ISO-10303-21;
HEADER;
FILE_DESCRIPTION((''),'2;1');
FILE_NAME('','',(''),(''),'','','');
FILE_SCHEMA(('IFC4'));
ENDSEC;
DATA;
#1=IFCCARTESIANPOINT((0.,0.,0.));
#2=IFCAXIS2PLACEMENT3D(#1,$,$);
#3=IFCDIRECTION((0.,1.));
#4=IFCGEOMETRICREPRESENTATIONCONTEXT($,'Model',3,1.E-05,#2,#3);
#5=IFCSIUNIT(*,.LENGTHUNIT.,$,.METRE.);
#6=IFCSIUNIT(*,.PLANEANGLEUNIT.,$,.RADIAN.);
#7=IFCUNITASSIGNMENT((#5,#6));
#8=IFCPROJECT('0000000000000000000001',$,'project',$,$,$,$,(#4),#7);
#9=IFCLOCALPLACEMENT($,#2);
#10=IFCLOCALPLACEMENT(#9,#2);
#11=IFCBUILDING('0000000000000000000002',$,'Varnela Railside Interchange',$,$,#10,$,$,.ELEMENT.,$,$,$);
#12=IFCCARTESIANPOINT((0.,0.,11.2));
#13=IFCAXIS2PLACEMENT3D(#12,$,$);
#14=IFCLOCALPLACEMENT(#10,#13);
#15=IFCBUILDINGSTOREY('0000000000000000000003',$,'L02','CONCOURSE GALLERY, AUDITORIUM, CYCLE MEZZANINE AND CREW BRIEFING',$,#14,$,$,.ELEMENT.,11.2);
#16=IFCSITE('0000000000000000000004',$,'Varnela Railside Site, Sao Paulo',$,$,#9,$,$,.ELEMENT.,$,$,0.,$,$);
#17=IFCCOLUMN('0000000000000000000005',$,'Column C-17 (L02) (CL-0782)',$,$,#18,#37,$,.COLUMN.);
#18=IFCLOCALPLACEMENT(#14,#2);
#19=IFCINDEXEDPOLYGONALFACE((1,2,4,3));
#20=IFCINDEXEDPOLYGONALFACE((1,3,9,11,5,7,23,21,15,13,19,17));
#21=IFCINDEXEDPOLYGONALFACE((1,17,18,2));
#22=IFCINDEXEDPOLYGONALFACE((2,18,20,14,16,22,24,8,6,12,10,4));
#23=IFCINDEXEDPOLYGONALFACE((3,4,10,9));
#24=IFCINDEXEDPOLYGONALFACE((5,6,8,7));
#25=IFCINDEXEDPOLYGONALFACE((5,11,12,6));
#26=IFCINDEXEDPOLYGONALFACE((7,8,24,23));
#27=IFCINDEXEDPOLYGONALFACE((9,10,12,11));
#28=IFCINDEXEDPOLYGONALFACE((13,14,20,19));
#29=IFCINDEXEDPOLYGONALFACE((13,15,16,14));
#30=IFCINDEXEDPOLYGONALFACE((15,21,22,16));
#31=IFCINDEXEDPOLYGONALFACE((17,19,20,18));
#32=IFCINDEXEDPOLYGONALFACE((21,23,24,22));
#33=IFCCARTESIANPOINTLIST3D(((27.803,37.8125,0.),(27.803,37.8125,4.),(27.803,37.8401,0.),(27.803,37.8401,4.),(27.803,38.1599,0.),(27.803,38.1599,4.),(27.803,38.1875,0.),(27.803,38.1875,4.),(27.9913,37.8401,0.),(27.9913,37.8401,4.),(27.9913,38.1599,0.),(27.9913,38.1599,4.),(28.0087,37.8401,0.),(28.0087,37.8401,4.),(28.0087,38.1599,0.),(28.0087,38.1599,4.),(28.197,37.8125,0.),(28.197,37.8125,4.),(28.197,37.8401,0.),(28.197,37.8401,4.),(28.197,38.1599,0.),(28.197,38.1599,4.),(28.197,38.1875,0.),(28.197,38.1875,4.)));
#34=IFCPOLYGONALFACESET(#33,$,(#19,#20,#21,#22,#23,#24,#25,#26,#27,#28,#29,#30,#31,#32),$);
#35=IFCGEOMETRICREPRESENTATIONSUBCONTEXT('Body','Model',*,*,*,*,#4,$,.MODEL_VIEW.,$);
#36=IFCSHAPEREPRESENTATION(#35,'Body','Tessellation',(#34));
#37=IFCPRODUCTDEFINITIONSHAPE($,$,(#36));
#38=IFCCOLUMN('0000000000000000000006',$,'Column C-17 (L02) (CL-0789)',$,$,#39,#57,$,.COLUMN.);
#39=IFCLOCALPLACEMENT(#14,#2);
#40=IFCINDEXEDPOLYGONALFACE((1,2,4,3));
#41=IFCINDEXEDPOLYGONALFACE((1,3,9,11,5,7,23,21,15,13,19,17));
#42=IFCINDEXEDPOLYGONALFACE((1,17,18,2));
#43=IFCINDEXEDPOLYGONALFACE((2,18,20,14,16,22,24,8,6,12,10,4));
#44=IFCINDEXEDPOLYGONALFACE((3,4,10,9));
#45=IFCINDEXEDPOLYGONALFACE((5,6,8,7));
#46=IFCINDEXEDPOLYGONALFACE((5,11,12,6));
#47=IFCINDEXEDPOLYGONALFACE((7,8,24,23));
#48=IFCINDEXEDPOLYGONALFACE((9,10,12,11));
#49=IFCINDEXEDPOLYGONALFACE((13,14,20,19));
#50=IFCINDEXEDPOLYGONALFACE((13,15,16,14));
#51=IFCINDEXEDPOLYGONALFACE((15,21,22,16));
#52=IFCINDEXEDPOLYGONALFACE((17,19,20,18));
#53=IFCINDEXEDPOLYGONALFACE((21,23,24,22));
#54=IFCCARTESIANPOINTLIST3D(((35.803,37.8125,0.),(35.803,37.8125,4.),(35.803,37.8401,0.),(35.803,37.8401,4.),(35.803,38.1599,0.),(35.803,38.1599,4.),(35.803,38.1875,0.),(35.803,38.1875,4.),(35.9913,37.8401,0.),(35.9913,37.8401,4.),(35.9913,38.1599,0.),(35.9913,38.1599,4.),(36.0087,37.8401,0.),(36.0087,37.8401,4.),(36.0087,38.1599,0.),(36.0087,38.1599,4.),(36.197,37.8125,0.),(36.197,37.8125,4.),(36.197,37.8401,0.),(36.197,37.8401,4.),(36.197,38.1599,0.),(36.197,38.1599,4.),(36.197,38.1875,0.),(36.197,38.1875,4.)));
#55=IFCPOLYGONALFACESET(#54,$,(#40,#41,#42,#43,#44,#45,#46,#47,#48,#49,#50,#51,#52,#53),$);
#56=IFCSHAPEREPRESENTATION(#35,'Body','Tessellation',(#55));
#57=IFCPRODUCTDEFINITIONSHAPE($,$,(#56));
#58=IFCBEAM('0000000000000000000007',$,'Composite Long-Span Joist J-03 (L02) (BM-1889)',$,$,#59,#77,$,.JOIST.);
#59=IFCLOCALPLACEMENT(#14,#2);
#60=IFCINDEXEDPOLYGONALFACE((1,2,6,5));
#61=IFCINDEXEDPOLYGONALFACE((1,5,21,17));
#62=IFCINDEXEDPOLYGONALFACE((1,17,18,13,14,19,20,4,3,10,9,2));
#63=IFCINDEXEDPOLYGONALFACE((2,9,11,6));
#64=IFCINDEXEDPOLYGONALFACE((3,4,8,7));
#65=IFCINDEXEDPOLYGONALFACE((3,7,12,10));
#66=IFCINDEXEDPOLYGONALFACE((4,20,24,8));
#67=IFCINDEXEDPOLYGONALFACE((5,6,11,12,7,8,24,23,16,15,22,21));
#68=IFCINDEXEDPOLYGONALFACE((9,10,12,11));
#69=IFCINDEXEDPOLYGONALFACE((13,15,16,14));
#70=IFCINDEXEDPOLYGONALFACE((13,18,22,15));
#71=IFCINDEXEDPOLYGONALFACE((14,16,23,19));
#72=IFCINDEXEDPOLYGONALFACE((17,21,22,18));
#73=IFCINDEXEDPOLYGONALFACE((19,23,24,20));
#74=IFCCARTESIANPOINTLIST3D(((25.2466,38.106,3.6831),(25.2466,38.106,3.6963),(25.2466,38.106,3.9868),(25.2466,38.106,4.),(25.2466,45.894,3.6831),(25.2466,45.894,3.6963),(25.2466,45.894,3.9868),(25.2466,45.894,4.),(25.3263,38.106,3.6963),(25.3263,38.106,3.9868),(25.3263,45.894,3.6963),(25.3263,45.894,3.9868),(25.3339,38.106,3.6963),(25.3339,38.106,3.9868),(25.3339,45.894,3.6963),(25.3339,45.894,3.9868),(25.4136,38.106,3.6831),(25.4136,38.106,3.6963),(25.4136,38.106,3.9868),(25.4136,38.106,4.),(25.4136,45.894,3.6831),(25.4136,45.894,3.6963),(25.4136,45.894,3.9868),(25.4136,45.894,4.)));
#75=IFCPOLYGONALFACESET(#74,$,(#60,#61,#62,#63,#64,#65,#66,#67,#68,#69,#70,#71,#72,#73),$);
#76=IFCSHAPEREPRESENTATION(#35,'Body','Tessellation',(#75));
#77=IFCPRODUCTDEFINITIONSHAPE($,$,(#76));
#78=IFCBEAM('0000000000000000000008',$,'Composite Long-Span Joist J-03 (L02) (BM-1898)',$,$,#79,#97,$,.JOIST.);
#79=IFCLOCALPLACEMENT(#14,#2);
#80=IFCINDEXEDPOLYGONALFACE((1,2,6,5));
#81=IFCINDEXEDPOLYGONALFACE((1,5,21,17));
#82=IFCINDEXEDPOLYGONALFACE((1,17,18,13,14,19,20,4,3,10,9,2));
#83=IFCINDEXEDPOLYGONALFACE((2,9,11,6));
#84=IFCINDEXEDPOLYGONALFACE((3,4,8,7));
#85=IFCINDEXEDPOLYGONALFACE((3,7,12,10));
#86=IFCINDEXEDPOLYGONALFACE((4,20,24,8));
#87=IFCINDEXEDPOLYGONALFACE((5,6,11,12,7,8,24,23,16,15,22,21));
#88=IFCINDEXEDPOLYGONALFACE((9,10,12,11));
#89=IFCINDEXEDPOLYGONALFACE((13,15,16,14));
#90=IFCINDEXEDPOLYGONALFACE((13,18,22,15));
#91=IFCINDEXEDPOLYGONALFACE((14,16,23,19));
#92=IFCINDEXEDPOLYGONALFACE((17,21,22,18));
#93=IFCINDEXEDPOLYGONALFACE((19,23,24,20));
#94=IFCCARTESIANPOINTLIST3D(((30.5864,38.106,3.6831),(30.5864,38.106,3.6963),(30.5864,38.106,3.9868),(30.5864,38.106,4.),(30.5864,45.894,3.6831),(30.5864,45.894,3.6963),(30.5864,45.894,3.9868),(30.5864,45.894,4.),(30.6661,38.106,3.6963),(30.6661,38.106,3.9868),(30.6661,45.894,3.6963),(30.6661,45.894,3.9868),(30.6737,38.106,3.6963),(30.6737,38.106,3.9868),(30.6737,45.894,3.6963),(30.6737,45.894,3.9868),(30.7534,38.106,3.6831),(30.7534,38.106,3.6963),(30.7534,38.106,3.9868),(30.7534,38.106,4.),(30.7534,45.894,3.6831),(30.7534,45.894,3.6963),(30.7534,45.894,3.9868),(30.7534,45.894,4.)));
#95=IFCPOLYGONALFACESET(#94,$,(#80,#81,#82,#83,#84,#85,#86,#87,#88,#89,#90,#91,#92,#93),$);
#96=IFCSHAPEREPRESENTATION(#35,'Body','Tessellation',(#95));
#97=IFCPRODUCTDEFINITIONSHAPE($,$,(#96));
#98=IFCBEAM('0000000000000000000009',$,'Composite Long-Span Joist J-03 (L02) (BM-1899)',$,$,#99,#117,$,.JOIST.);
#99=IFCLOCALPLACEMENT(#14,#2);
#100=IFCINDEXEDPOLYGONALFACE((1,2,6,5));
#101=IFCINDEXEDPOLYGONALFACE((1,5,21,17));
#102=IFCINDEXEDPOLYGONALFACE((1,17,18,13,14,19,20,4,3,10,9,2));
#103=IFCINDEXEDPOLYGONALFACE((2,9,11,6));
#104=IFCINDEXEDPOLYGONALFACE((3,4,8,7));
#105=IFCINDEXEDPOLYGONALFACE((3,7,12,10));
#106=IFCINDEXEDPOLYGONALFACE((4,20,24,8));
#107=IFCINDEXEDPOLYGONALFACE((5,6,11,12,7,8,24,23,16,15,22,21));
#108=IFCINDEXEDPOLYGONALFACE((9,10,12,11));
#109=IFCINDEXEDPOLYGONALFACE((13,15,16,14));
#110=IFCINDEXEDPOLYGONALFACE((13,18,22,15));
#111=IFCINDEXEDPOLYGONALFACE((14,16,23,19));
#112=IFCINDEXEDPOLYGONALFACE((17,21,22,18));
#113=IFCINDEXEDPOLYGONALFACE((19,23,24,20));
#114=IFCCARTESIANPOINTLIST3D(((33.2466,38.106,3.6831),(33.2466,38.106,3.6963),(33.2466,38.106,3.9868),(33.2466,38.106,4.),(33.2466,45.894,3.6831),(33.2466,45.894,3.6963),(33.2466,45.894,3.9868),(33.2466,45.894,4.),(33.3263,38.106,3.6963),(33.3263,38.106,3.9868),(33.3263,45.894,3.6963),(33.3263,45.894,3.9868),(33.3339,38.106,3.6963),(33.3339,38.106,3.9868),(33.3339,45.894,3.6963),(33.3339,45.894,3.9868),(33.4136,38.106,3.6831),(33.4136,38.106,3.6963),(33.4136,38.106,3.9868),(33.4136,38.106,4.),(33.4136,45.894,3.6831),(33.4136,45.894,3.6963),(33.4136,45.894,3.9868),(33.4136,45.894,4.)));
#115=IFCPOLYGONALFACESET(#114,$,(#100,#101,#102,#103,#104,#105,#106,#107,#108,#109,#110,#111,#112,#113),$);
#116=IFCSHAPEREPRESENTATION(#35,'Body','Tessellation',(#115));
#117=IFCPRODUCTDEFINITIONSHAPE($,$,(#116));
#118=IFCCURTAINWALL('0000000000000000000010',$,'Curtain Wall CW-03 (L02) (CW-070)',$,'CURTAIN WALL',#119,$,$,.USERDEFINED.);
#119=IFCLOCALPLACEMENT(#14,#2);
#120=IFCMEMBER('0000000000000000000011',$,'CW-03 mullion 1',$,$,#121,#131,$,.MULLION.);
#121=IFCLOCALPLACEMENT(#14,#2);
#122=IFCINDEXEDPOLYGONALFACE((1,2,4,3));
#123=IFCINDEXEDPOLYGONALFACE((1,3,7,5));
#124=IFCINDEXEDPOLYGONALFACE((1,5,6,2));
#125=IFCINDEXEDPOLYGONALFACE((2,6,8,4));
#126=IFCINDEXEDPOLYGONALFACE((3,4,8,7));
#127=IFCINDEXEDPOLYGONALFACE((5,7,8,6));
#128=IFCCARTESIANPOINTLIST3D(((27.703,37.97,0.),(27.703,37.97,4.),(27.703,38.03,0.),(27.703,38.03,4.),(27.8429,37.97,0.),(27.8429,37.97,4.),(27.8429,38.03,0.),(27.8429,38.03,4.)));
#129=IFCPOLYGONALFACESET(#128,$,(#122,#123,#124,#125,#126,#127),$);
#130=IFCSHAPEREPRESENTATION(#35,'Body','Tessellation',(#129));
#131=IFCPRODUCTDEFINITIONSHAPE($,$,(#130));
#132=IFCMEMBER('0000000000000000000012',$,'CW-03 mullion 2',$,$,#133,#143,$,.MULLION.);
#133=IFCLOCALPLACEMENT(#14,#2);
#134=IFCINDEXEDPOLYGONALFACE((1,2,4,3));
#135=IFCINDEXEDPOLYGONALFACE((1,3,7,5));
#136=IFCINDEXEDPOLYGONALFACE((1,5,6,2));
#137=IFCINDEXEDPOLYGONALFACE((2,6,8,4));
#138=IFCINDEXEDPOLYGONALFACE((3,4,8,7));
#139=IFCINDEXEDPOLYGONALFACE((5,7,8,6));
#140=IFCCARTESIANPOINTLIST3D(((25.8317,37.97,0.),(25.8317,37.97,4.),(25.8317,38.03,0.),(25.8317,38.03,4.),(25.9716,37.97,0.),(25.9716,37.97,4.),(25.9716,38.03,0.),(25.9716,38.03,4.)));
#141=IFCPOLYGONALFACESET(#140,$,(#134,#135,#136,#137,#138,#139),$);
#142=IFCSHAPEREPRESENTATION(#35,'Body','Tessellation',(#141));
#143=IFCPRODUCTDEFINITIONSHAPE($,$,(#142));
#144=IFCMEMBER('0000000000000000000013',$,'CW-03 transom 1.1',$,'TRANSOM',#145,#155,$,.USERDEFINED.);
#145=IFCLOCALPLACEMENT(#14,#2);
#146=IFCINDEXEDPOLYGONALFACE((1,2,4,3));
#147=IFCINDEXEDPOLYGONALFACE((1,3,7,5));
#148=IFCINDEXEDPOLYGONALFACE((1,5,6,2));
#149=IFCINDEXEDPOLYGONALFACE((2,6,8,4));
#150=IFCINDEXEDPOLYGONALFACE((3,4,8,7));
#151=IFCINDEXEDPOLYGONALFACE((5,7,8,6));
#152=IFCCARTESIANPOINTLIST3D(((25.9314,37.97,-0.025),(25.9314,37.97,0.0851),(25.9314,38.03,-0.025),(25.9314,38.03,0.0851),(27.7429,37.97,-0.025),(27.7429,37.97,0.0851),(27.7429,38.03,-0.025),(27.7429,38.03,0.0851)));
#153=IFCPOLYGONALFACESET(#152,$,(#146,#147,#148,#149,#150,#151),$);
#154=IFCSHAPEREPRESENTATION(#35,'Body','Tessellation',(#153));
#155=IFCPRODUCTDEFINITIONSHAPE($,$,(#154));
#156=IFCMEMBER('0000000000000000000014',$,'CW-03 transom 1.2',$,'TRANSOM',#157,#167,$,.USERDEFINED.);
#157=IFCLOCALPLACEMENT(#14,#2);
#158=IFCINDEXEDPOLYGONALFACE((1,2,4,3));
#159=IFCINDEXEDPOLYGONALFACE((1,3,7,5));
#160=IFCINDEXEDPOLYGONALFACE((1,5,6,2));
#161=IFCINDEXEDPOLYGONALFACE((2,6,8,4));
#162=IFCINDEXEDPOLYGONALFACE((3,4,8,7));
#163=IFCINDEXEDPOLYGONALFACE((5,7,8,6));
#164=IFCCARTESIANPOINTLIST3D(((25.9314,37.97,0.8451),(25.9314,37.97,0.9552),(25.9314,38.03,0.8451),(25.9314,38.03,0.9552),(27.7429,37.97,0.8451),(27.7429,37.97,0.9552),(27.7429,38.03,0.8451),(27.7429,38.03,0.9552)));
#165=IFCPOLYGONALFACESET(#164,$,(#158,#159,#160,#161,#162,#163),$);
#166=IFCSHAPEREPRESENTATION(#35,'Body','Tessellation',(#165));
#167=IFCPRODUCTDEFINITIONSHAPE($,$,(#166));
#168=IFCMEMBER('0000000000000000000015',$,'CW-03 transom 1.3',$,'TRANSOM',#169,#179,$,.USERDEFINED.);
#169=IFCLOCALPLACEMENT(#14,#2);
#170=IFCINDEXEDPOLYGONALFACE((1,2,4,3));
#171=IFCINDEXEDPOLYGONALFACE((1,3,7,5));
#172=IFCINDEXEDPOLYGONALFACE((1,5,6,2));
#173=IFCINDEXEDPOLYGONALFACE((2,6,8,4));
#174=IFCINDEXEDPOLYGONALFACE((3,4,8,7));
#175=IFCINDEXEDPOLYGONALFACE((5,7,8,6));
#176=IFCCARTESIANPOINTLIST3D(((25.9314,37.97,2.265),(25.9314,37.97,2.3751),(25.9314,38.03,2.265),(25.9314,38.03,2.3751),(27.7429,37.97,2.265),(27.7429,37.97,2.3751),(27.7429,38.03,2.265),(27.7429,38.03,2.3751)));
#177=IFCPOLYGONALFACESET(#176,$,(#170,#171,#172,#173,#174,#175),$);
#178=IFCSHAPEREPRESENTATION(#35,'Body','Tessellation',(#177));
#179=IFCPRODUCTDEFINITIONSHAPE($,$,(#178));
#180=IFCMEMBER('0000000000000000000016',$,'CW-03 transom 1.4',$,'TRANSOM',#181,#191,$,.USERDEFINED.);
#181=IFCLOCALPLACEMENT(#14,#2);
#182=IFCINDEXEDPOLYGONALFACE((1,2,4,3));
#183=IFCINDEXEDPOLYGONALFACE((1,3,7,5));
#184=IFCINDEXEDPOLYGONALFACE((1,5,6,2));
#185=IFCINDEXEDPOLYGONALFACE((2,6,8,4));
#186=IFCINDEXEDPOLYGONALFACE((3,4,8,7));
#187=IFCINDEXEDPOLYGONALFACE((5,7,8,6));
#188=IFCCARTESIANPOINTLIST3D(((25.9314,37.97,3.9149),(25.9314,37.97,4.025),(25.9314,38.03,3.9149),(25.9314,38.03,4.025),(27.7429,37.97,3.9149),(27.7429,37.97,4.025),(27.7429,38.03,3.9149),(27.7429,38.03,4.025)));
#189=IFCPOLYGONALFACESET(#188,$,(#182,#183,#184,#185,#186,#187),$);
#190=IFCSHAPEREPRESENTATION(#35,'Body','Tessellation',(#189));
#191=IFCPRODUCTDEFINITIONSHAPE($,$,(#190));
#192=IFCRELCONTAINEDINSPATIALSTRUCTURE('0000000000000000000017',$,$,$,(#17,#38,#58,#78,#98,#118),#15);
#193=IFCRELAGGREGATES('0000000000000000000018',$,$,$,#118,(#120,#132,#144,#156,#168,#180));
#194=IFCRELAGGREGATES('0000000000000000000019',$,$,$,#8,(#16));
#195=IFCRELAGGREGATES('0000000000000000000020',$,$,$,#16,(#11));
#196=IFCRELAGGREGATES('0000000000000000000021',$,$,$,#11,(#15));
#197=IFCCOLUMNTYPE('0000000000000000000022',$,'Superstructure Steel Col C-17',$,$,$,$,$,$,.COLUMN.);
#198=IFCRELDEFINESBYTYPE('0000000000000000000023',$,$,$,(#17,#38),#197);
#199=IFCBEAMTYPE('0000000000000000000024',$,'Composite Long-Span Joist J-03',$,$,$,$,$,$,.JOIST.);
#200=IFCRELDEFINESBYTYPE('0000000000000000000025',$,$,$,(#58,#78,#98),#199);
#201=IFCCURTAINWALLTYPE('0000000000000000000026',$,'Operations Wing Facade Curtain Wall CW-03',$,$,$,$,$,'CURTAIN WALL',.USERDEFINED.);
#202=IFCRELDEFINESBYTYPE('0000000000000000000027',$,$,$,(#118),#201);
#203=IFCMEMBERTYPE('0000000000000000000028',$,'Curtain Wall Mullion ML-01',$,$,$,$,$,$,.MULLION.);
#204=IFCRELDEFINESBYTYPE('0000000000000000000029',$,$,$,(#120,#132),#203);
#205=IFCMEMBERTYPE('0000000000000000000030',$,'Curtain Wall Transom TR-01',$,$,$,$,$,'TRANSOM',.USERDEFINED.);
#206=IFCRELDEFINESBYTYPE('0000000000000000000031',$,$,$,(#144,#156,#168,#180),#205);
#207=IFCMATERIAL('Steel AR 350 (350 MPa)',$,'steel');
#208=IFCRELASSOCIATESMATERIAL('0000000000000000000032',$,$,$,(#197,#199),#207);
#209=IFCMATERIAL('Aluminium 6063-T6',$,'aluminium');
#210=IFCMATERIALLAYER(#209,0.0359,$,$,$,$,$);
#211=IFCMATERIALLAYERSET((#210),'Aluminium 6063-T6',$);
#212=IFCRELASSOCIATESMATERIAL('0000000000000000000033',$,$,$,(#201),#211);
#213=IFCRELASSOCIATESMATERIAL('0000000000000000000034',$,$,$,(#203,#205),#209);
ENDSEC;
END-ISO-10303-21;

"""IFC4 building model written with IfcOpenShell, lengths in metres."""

from ifc_helpers import new_model, si_unit, direction, frame, origin, origin_2d, place, context, subcontext, project, spatial, rectangle, i_section, extrude, material, layer, layer_set, material_profile, profile_set, type_object, element, aggregate, save


model = new_model("IFC4")

# Units and contexts
model_context = context("Model", 3, precision=1e-05, world=origin(), true_north=direction((0.0, 1.0)))
body_context = subcontext(model_context, "Body", "Model", "MODEL_VIEW")
ifc_project = project(units=[si_unit("LENGTHUNIT", "METRE"), si_unit("PLANEANGLEUNIT", "RADIAN")], contexts=[model_context])

# Site, building, storey
site_placement = place(None, origin())
site = spatial("IfcSite", under=ifc_project, at=site_placement, Name="Varnela Railside Site, Sao Paulo", CompositionType="ELEMENT", RefElevation=0.0)
building_placement = place(site_placement, origin())
building = spatial("IfcBuilding", under=site, at=building_placement, Name="Varnela Railside Interchange", CompositionType="ELEMENT")
storey_placement = place(building_placement, frame((0.0, 0.0, 11.2)))
storey = spatial("IfcBuildingStorey", under=building, at=storey_placement, Name="L02", Description="CONCOURSE GALLERY, AUDITORIUM, CYCLE MEZZANINE AND CREW BRIEFING", CompositionType="ELEMENT", Elevation=11.2)

# Columns
ifc_material_1 = material(Name="Steel AR 350 (350 MPa)", Category="steel")
ifc_material_profile_1 = material_profile(ifc_material_1, i_section(OverallWidth=0.394, OverallDepth=0.375, WebThickness=0.0173, FlangeThickness=0.0276, at=origin_2d()), Name="W360x216")
ifc_profile_set_1 = profile_set([ifc_material_profile_1], Name="Steel AR 350 (350 MPa)")
column_type = type_object("IfcColumnType", Name="Superstructure Steel Col C-17", PredefinedType="COLUMN", material=ifc_profile_set_1)
for number, where, z_axis, x_axis, name in (
    (1, (28.0, 38.0, 0.0), (0.0, 0.0, 1.0), (1.0, 0.0, 0.0), "Column C-17 (L02) (CL-0782)"),
    (2, (36.0, 38.0, 0.0), (0.0, 0.0, 1.0), (1.0, 0.0, 0.0), "Column C-17 (L02) (CL-0789)"),
):
    element("IfcColumn", number, at=place(storey_placement, frame(where, z_axis=z_axis, x_axis=x_axis)), inside=storey, type_object=column_type, Name=name, PredefinedType="COLUMN", context=body_context, shape_type="SweptSolid", body=[
        extrude(i_section(OverallWidth=0.394, OverallDepth=0.375, WebThickness=0.0173, FlangeThickness=0.0276, at=origin_2d()), origin(), (0.0, 0.0, 1.0), 4.0),
    ])

# Beams
ifc_material_profile_2 = material_profile(ifc_material_1, i_section(OverallWidth=0.167, OverallDepth=0.3169, WebThickness=0.0076, FlangeThickness=0.0132, at=origin_2d()), Name="W310x52")
ifc_profile_set_2 = profile_set([ifc_material_profile_2], Name="Steel AR 350 (350 MPa)")
beam_type_1 = type_object("IfcBeamType", Name="Composite Long-Span Joist J-03", PredefinedType="JOIST", material=ifc_profile_set_2)
for number, where, z_axis, x_axis, name in (
    (3, (25.3301, 38.106, 3.8416), (0.0, 1.0, 0.0), (-1.0, 0.0, 0.0), "Composite Long-Span Joist J-03 (L02) (BM-1889)"),
    (4, (30.6699, 38.106, 3.8416), (0.0, 1.0, 0.0), (-1.0, 0.0, 0.0), "Composite Long-Span Joist J-03 (L02) (BM-1898)"),
    (5, (33.3301, 38.106, 3.8416), (0.0, 1.0, 0.0), (-1.0, 0.0, 0.0), "Composite Long-Span Joist J-03 (L02) (BM-1899)"),
):
    element("IfcBeam", number, at=place(storey_placement, frame(where, z_axis=z_axis, x_axis=x_axis)), inside=storey, type_object=beam_type_1, Name=name, PredefinedType="JOIST", context=body_context, shape_type="SweptSolid", body=[
        extrude(i_section(OverallWidth=0.167, OverallDepth=0.3169, WebThickness=0.0076, FlangeThickness=0.0132, at=origin_2d()), origin(), (0.0, 0.0, 1.0), 7.7881),
    ])

# Curtain wall, members
ifc_material_2 = material(Name="Aluminium 6063-T6", Category="aluminium")
ifc_layer_1 = layer(ifc_material_2, 0.0359)
ifc_layer_set_1 = layer_set([ifc_layer_1], Name="Aluminium 6063-T6")
curtain_wall_type = type_object("IfcCurtainWallType", Name="Operations Wing Facade Curtain Wall CW-03", ElementType="CURTAIN WALL", PredefinedType="USERDEFINED", material=ifc_layer_set_1)
curtain_wall_placement = place(storey_placement, origin())
curtain_wall = element("IfcCurtainWall", 6, at=curtain_wall_placement, inside=storey, type_object=curtain_wall_type, Name="Curtain Wall CW-03 (L02) (CW-070)", ObjectType="CURTAIN WALL", PredefinedType="USERDEFINED")
ifc_material_profile_3 = material_profile(ifc_material_2, rectangle(XDim=0.0601, YDim=0.1399, at=origin_2d()), Name="ALU 60x140")
ifc_profile_set_3 = profile_set([ifc_material_profile_3], Name="Aluminium 6063-T6")
member_type_1 = type_object("IfcMemberType", Name="Curtain Wall Mullion ML-01", PredefinedType="MULLION", material=ifc_profile_set_3)
member_1_placement = place(storey_placement, frame((27.7729, 38.0, 0.0), z_axis=(0.0, 0.0, 1.0), x_axis=(0.0, -1.0, 0.0)))
member_1 = element("IfcMember", 7, at=member_1_placement, type_object=member_type_1, Name="CW-03 mullion 1", PredefinedType="MULLION", context=body_context, shape_type="SweptSolid", body=[
    extrude(rectangle(XDim=0.0601, YDim=0.1399, at=origin_2d()), origin(), (0.0, 0.0, 1.0), 4.0),
])
member_2_placement = place(storey_placement, frame((25.9016, 38.0, 0.0), z_axis=(0.0, 0.0, 1.0), x_axis=(0.0, -1.0, 0.0)))
member_2 = element("IfcMember", 8, at=member_2_placement, type_object=member_type_1, Name="CW-03 mullion 2", PredefinedType="MULLION", context=body_context, shape_type="SweptSolid", body=[
    extrude(rectangle(XDim=0.0601, YDim=0.1399, at=origin_2d()), origin(), (0.0, 0.0, 1.0), 4.0),
])
ifc_material_profile_4 = material_profile(ifc_material_2, rectangle(XDim=0.0601, YDim=0.1101, at=origin_2d()), Name="ALU 60x110")
ifc_profile_set_4 = profile_set([ifc_material_profile_4], Name="Aluminium 6063-T6")
member_type_2 = type_object("IfcMemberType", Name="Curtain Wall Transom TR-01", ElementType="TRANSOM", PredefinedType="USERDEFINED", material=ifc_profile_set_4)
member_3_placement = place(storey_placement, frame((27.7429, 38.0, 0.03), z_axis=(-1.0, 0.0, 0.0), x_axis=(0.0, -1.0, 0.0)))
member_3 = element("IfcMember", 9, at=member_3_placement, type_object=member_type_2, Name="CW-03 transom 1.1", ObjectType="TRANSOM", PredefinedType="USERDEFINED", context=body_context, shape_type="SweptSolid", body=[
    extrude(rectangle(XDim=0.0601, YDim=0.1101, at=origin_2d()), origin(), (0.0, 0.0, 1.0), 1.8115),
])
member_4_placement = place(storey_placement, frame((27.7429, 38.0, 0.9001), z_axis=(-1.0, 0.0, 0.0), x_axis=(0.0, -1.0, 0.0)))
member_4 = element("IfcMember", 10, at=member_4_placement, type_object=member_type_2, Name="CW-03 transom 1.2", ObjectType="TRANSOM", PredefinedType="USERDEFINED", context=body_context, shape_type="SweptSolid", body=[
    extrude(rectangle(XDim=0.0601, YDim=0.1101, at=origin_2d()), origin(), (0.0, 0.0, 1.0), 1.8115),
])
member_5_placement = place(storey_placement, frame((27.7429, 38.0, 2.3201), z_axis=(-1.0, 0.0, 0.0), x_axis=(0.0, -1.0, 0.0)))
member_5 = element("IfcMember", 11, at=member_5_placement, type_object=member_type_2, Name="CW-03 transom 1.3", ObjectType="TRANSOM", PredefinedType="USERDEFINED", context=body_context, shape_type="SweptSolid", body=[
    extrude(rectangle(XDim=0.0601, YDim=0.1101, at=origin_2d()), origin(), (0.0, 0.0, 1.0), 1.8115),
])
member_6_placement = place(storey_placement, frame((27.7429, 38.0, 3.97), z_axis=(-1.0, 0.0, 0.0), x_axis=(0.0, -1.0, 0.0)))
member_6 = element("IfcMember", 12, at=member_6_placement, type_object=member_type_2, Name="CW-03 transom 1.4", ObjectType="TRANSOM", PredefinedType="USERDEFINED", context=body_context, shape_type="SweptSolid", body=[
    extrude(rectangle(XDim=0.0601, YDim=0.1101, at=origin_2d()), origin(), (0.0, 0.0, 1.0), 1.8115),
])

aggregate(curtain_wall, [member_1, member_2, member_3, member_4, member_5, member_6])

save(model, "model.ifc")
